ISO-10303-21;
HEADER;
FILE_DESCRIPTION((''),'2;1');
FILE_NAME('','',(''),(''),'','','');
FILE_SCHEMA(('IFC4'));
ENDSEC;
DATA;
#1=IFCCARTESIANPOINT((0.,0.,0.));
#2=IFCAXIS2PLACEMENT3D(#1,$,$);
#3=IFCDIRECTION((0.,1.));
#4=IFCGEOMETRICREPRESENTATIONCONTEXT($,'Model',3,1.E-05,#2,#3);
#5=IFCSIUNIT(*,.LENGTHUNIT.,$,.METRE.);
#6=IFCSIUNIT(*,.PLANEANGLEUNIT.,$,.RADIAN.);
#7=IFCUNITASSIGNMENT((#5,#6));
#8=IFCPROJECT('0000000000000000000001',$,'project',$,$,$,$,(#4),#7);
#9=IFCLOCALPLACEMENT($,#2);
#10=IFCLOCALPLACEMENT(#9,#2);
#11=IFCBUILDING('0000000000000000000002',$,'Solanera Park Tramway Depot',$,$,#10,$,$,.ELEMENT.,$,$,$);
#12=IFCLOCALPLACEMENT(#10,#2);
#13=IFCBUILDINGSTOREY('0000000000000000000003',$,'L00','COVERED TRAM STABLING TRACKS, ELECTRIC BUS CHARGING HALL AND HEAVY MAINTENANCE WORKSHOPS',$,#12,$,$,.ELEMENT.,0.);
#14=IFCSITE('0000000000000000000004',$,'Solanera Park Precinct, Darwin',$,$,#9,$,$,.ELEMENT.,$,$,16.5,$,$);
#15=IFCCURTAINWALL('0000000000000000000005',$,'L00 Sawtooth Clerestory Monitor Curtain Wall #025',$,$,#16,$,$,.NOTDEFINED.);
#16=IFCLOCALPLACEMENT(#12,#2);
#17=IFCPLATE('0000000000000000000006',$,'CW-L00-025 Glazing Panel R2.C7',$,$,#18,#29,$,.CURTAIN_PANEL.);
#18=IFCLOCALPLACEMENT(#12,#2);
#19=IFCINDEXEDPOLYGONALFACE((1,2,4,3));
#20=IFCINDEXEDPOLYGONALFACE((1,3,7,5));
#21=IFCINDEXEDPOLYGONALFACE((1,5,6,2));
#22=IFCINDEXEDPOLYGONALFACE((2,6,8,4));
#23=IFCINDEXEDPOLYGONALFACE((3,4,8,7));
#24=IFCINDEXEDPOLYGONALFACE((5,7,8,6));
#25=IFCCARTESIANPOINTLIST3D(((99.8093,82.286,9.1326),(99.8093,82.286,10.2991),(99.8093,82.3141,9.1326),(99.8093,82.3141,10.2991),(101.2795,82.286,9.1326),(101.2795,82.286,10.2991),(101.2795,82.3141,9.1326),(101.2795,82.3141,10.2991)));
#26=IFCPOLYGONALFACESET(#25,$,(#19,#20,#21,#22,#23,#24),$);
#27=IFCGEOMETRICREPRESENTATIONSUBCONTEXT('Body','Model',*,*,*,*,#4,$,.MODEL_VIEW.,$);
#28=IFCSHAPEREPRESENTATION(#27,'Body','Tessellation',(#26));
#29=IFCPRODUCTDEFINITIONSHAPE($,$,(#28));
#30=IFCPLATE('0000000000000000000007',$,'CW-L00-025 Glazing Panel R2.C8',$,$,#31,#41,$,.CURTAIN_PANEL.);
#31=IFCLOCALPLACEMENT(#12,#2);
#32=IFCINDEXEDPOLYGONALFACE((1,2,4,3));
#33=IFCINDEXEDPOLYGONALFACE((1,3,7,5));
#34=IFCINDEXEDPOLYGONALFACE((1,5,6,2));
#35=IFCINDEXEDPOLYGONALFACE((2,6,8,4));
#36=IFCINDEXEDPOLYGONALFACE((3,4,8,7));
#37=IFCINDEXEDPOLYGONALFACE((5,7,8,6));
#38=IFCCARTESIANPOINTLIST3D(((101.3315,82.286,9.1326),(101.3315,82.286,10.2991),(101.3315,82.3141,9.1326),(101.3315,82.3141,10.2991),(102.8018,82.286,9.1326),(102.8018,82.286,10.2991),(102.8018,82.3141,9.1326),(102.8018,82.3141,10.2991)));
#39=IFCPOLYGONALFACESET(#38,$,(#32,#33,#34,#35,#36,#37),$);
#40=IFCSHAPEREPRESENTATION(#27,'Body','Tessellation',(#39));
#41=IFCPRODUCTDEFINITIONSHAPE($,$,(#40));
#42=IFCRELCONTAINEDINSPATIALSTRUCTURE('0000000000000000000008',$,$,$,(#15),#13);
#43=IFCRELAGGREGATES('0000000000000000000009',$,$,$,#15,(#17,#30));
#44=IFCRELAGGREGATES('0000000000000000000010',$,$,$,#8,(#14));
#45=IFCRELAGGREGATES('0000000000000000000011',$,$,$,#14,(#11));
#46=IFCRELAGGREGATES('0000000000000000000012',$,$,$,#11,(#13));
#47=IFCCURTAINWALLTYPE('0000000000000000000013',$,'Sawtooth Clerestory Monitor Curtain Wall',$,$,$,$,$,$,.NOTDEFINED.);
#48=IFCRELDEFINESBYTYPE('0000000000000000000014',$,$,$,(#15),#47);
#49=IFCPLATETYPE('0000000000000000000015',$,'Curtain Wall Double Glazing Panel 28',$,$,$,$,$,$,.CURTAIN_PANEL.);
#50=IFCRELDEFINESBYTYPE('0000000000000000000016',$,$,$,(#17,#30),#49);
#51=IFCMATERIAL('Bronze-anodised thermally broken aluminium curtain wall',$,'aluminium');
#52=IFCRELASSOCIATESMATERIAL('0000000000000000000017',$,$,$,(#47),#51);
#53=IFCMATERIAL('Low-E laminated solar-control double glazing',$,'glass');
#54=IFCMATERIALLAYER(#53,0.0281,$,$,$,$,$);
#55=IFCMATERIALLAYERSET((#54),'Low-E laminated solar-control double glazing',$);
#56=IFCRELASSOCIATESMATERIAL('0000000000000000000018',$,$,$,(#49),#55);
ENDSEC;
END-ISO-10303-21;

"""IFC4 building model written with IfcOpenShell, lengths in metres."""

from ifc_helpers import new_model, si_unit, direction, frame, origin, origin_2d, place, context, subcontext, project, spatial, rectangle, extrude, material, layer, layer_set, type_object, element, aggregate, save


model = new_model("IFC4")

# Units and contexts
model_context = context("Model", 3, precision=1e-05, world=origin(), true_north=direction((0.0, 1.0)))
body_context = subcontext(model_context, "Body", "Model", "MODEL_VIEW")
ifc_project = project(units=[si_unit("LENGTHUNIT", "METRE"), si_unit("PLANEANGLEUNIT", "RADIAN")], contexts=[model_context])

# Site, building, storey
site_placement = place(None, origin())
site = spatial("IfcSite", under=ifc_project, at=site_placement, Name="Solanera Park Precinct, Darwin", CompositionType="ELEMENT", RefElevation=16.5)
building_placement = place(site_placement, origin())
building = spatial("IfcBuilding", under=site, at=building_placement, Name="Solanera Park Tramway Depot", CompositionType="ELEMENT")
storey_placement = place(building_placement, origin())
storey = spatial("IfcBuildingStorey", under=building, at=storey_placement, Name="L00", Description="COVERED TRAM STABLING TRACKS, ELECTRIC BUS CHARGING HALL AND HEAVY MAINTENANCE WORKSHOPS", CompositionType="ELEMENT", Elevation=0.0)

# Shared definitions
ifc_material_1 = material(Name="Bronze-anodised thermally broken aluminium curtain wall", Category="aluminium")
curtain_wall_type = type_object("IfcCurtainWallType", Name="Sawtooth Clerestory Monitor Curtain Wall", PredefinedType="NOTDEFINED", material=ifc_material_1)

# Curtain wall
curtain_wall_1_placement = place(storey_placement, origin())
curtain_wall_1 = element("IfcCurtainWall", 1, at=curtain_wall_1_placement, inside=storey, type_object=curtain_wall_type, Name="L00 Sawtooth Clerestory Monitor Curtain Wall #025", PredefinedType="NOTDEFINED")

# Plates
ifc_material_2 = material(Name="Low-E laminated solar-control double glazing", Category="glass")
ifc_layer = layer(ifc_material_2, 0.0281)
ifc_layer_set = layer_set([ifc_layer], Name="Low-E laminated solar-control double glazing")
plate_type = type_object("IfcPlateType", Name="Curtain Wall Double Glazing Panel 28", PredefinedType="CURTAIN_PANEL", material=ifc_layer_set)
plate_1_placement = place(storey_placement, frame((100.5444, 82.3, 9.1326), z_axis=(0.0, 0.0, 1.0), x_axis=(1.0, 0.0, 0.0)))
plate_1 = element("IfcPlate", 2, at=plate_1_placement, type_object=plate_type, Name="CW-L00-025 Glazing Panel R2.C7", PredefinedType="CURTAIN_PANEL", context=body_context, shape_type="SweptSolid", body=[
    extrude(rectangle(XDim=1.4702, YDim=0.0281, at=origin_2d()), origin(), (0.0, 0.0, 1.0), 1.1665),
])
plate_2_placement = place(storey_placement, frame((102.0667, 82.3, 9.1326), z_axis=(0.0, 0.0, 1.0), x_axis=(1.0, 0.0, 0.0)))
plate_2 = element("IfcPlate", 3, at=plate_2_placement, type_object=plate_type, Name="CW-L00-025 Glazing Panel R2.C8", PredefinedType="CURTAIN_PANEL", context=body_context, shape_type="SweptSolid", body=[
    extrude(rectangle(XDim=1.4702, YDim=0.0281, at=origin_2d()), origin(), (0.0, 0.0, 1.0), 1.1665),
])
aggregate(curtain_wall_1, [plate_1, plate_2])

save(model, "model.ifc")
